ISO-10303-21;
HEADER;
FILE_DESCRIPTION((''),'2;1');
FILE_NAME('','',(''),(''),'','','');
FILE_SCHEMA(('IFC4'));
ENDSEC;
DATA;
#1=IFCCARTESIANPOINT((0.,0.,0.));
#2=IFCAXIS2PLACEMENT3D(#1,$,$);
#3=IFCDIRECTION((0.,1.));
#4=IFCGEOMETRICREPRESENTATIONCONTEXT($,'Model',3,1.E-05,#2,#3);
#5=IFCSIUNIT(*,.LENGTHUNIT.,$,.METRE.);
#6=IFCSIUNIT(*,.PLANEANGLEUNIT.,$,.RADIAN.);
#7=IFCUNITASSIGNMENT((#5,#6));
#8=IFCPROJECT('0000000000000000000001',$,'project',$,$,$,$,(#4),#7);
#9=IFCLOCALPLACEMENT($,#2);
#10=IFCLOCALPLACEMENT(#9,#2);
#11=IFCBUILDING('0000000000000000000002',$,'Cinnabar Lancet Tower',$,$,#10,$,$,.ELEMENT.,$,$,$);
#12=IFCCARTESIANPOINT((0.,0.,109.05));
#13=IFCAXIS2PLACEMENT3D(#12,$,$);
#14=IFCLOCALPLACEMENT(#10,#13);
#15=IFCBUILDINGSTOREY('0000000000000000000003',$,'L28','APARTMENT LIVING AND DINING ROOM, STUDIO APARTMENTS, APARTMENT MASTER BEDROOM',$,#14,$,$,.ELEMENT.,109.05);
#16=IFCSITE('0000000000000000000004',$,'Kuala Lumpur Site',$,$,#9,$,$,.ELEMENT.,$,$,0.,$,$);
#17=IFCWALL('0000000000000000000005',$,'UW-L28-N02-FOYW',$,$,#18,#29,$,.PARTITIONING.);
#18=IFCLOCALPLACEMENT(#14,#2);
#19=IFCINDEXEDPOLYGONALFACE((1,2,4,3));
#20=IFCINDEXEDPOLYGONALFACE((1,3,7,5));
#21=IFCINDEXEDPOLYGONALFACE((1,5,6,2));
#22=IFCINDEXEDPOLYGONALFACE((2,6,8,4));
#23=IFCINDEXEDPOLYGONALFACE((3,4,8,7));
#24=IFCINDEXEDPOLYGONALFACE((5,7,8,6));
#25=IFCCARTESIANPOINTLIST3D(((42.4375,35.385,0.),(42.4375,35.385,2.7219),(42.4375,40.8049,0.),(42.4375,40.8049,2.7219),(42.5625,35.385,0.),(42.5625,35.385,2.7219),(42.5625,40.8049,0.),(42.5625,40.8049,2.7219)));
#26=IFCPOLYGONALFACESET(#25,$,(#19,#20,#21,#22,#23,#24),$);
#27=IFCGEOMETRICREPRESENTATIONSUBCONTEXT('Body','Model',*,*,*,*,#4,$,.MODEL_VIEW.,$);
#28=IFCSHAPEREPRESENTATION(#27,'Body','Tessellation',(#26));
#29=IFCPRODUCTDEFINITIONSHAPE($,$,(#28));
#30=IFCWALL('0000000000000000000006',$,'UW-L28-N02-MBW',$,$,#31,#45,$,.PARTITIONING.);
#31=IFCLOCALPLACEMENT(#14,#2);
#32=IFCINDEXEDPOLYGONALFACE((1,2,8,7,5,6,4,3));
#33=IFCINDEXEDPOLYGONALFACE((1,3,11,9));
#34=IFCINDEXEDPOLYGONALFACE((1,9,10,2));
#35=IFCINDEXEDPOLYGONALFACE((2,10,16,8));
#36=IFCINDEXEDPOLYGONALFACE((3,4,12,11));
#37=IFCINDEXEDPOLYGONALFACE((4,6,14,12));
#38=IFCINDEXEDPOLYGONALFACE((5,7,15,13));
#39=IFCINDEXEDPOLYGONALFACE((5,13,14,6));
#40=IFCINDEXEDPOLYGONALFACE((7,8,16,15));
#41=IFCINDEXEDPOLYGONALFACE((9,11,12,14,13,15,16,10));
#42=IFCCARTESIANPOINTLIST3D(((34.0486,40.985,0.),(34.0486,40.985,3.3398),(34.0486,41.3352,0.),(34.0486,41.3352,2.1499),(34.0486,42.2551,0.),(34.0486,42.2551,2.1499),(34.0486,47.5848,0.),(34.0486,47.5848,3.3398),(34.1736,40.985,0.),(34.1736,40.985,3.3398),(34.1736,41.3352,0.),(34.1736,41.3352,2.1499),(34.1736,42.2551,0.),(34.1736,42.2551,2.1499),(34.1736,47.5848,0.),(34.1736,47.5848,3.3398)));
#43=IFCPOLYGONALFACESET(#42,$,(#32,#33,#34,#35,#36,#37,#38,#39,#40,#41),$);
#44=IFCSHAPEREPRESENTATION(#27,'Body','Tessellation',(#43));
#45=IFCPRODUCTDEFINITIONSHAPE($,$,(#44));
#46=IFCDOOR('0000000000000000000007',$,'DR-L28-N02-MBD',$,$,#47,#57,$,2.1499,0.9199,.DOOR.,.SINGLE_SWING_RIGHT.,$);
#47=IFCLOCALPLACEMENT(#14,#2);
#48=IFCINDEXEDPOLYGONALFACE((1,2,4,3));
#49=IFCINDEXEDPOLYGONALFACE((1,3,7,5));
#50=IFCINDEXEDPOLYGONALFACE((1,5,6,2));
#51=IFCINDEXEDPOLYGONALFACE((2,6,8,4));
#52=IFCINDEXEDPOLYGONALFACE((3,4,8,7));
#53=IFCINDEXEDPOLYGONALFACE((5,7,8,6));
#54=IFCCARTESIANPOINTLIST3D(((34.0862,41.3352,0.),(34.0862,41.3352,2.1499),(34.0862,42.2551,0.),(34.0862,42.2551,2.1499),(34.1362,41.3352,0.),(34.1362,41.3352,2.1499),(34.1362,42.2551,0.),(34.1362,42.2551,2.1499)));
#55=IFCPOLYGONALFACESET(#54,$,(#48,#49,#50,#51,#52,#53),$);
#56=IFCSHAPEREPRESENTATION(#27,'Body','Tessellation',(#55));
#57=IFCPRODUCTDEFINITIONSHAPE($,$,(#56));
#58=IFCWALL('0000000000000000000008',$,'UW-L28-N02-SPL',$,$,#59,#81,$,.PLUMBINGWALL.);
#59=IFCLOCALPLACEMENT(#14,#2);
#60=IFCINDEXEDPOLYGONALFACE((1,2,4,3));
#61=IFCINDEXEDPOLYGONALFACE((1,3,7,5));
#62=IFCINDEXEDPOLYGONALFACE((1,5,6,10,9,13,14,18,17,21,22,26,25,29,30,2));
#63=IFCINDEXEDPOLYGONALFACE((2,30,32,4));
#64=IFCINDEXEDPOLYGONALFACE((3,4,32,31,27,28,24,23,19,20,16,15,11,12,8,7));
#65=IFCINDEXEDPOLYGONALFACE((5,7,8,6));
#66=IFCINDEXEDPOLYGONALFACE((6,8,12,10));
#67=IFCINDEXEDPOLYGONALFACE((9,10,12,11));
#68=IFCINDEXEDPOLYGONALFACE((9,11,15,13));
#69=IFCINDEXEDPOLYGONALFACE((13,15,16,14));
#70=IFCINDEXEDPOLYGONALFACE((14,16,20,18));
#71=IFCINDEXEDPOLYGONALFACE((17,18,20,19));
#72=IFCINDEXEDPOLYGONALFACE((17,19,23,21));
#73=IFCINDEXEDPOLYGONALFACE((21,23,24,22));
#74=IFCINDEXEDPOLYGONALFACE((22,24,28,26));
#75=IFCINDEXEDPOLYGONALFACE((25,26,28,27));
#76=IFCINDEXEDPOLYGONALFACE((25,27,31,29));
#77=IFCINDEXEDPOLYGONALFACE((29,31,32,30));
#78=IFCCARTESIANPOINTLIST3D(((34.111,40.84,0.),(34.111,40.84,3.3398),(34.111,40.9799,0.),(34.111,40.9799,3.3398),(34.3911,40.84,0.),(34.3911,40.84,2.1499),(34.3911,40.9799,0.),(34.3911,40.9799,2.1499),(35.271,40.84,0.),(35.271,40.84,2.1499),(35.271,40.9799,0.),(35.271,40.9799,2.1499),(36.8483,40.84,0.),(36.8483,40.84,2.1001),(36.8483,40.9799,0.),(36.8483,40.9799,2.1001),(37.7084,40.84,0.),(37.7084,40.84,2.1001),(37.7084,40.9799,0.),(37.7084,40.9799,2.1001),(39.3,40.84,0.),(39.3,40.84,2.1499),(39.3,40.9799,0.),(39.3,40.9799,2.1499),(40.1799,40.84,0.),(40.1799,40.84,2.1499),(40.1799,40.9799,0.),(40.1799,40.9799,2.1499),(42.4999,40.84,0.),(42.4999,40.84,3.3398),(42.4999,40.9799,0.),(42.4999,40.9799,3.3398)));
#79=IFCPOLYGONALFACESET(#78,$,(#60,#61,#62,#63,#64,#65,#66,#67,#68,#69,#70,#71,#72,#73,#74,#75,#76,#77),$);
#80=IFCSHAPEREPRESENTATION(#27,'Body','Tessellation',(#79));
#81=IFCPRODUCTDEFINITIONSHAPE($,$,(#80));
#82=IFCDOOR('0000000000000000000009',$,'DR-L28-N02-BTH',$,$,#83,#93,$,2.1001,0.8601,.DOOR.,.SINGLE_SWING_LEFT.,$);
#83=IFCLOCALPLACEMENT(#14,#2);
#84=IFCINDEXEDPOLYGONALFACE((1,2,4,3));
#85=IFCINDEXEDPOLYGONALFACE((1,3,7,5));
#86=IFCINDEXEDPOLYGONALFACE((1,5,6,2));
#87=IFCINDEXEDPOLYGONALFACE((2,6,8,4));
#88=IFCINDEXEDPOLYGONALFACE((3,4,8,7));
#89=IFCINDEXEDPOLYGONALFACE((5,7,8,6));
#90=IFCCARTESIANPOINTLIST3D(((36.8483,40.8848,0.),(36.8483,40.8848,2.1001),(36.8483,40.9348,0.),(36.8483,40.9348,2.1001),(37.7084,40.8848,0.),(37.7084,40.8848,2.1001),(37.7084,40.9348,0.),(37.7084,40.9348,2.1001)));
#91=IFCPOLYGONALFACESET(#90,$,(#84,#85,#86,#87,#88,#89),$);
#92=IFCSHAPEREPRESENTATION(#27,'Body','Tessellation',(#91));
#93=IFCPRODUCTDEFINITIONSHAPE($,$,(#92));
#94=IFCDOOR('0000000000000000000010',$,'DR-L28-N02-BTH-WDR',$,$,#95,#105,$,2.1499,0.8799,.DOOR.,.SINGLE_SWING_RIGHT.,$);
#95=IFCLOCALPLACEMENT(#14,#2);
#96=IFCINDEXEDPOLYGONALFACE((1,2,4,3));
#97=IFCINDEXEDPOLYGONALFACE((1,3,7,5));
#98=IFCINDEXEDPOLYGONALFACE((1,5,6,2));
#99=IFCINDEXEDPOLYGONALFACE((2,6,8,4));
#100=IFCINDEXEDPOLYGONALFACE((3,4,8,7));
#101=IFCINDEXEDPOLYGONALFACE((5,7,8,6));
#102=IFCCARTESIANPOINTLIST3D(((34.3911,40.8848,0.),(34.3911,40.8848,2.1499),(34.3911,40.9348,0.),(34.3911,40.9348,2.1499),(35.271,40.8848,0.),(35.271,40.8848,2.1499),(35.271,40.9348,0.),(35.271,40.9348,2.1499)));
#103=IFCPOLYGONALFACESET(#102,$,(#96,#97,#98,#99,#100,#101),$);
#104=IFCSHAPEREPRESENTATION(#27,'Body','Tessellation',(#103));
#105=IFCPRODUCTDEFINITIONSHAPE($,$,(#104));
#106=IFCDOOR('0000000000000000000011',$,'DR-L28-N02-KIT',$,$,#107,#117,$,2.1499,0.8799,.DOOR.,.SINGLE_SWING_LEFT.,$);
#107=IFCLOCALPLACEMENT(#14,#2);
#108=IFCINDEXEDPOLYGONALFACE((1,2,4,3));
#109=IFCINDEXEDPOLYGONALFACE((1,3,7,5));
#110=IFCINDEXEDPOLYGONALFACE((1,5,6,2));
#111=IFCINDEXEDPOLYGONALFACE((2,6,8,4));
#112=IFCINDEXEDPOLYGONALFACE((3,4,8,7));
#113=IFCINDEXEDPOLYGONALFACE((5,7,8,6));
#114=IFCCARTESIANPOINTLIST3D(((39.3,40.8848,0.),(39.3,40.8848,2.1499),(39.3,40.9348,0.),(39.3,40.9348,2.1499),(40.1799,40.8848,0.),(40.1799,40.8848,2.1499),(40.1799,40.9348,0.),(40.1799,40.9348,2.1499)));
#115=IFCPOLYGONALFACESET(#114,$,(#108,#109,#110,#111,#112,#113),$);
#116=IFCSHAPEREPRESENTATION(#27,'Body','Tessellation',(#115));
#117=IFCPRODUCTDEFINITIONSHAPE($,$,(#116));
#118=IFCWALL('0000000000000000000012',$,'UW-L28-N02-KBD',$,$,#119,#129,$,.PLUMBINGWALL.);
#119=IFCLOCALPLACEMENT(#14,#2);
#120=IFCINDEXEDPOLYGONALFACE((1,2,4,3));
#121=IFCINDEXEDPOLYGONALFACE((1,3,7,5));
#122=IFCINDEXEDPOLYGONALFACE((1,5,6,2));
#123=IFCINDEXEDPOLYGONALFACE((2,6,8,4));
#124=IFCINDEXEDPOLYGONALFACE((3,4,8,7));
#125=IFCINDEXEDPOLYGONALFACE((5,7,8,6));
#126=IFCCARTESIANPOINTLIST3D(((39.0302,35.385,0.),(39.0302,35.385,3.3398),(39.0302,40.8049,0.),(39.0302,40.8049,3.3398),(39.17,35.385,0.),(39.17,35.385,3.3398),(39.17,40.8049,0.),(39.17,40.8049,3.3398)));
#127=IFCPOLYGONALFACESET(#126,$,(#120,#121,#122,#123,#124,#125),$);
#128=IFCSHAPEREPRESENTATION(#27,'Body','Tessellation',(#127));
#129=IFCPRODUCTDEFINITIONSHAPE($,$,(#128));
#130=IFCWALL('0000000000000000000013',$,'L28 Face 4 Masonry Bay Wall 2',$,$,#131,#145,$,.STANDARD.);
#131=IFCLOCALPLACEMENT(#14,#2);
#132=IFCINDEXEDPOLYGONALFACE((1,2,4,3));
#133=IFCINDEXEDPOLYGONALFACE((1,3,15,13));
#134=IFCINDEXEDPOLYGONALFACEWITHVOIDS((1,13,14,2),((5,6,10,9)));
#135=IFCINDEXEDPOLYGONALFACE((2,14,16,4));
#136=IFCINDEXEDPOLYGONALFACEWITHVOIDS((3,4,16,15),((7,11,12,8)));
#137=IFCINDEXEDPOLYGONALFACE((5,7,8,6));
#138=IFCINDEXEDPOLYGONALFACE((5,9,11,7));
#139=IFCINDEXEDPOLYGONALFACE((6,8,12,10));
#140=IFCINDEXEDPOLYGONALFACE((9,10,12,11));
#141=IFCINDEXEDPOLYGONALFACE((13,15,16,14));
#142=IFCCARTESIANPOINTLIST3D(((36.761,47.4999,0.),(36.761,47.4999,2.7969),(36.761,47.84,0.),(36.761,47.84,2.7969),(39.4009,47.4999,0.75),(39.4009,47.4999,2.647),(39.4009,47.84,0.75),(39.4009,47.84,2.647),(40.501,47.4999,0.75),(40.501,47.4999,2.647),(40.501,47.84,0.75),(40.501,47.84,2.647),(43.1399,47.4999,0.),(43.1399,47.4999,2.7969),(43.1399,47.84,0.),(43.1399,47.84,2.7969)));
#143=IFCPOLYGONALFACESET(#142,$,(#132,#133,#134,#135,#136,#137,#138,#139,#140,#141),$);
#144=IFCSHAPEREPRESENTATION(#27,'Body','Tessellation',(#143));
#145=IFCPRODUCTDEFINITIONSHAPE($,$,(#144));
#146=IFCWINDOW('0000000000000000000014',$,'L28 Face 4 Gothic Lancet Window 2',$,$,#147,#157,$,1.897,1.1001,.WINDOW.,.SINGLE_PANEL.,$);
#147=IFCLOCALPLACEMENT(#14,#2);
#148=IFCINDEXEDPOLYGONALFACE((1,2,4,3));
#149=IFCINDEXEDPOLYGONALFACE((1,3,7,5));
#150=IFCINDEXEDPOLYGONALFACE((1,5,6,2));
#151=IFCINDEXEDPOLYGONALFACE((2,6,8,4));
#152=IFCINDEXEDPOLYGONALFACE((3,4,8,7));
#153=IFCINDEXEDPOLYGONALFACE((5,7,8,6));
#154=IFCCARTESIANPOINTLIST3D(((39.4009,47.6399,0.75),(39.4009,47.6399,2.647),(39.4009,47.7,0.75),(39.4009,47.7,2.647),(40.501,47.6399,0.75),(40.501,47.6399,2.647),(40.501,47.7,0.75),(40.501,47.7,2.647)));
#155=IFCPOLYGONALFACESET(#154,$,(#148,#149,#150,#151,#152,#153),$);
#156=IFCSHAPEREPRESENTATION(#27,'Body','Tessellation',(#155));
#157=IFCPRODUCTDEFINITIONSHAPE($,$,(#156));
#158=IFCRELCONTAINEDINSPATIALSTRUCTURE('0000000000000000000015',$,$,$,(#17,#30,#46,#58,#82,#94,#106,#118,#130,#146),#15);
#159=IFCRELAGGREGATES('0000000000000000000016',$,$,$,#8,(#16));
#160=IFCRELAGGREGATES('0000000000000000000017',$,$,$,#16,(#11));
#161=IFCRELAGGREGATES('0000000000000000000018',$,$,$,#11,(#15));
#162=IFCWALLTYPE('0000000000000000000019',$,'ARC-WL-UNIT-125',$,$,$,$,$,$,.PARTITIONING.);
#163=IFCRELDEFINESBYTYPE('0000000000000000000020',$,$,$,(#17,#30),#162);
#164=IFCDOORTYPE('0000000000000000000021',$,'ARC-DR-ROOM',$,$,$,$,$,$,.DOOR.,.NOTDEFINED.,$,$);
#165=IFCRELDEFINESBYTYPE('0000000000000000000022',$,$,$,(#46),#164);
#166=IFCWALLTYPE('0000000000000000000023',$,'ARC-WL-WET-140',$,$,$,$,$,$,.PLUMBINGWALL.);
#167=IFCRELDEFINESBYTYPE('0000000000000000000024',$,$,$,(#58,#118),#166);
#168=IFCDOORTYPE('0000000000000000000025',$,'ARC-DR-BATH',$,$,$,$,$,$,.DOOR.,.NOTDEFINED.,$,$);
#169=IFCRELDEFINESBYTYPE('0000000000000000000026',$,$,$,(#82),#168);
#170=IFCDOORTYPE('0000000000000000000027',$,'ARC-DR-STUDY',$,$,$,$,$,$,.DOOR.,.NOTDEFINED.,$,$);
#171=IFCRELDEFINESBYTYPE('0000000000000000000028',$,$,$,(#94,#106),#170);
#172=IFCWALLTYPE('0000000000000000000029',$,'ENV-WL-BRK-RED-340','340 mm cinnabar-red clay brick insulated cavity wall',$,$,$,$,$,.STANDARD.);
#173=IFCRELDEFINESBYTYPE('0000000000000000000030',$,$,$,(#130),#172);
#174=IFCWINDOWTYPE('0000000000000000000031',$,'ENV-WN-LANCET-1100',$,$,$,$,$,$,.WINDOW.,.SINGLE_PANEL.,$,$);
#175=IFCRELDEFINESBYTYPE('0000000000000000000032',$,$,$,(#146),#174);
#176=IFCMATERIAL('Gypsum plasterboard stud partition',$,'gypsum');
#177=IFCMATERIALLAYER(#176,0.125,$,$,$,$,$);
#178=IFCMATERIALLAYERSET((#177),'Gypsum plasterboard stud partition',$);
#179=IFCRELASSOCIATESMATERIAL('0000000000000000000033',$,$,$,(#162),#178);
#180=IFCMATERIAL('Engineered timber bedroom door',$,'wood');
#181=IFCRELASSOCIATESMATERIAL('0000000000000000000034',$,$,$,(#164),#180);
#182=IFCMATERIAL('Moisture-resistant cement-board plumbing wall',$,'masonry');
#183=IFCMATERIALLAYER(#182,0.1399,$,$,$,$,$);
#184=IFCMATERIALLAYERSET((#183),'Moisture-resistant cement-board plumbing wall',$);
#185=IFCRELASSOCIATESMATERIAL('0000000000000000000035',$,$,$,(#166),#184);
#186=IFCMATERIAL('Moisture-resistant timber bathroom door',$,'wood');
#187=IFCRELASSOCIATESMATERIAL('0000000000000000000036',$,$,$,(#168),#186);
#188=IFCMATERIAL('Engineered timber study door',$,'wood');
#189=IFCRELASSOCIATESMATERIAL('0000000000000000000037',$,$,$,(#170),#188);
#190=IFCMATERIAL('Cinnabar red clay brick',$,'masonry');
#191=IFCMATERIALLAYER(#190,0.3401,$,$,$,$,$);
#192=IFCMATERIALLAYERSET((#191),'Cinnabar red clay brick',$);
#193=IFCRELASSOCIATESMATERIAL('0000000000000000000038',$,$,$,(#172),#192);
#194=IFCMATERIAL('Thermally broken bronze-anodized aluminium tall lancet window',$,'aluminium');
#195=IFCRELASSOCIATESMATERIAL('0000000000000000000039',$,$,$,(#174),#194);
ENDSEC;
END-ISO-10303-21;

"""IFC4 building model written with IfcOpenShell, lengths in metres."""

from ifc_helpers import new_model, si_unit, direction, frame, frame_2d, origin, place, context, subcontext, project, spatial, rectangle, extrude, material, layer, layer_set, type_object, element, fill, save


model = new_model("IFC4")

# Units and contexts
model_context = context("Model", 3, precision=1e-05, world=origin(), true_north=direction((0.0, 1.0)))
body_context = subcontext(model_context, "Body", "Model", "MODEL_VIEW")
ifc_project = project(units=[si_unit("LENGTHUNIT", "METRE"), si_unit("PLANEANGLEUNIT", "RADIAN")], contexts=[model_context])

# Site, building, storey
site_placement = place(None, origin())
site = spatial("IfcSite", under=ifc_project, at=site_placement, Name="Kuala Lumpur Site", CompositionType="ELEMENT", RefElevation=0.0)
building_placement = place(site_placement, origin())
building = spatial("IfcBuilding", under=site, at=building_placement, Name="Cinnabar Lancet Tower", CompositionType="ELEMENT")
storey_placement = place(building_placement, frame((0.0, 0.0, 109.05)))
storey = spatial("IfcBuildingStorey", under=building, at=storey_placement, Name="L28", Description="APARTMENT LIVING AND DINING ROOM, STUDIO APARTMENTS, APARTMENT MASTER BEDROOM", CompositionType="ELEMENT", Elevation=109.05)

# Wall
ifc_material_1 = material(Name="Gypsum plasterboard stud partition", Category="gypsum")
ifc_layer_1 = layer(ifc_material_1, 0.125)
ifc_layer_set_1 = layer_set([ifc_layer_1], Name="Gypsum plasterboard stud partition")
wall_type_1 = type_object("IfcWallType", Name="ARC-WL-UNIT-125", PredefinedType="PARTITIONING", material=ifc_layer_set_1)
wall_1_placement = place(storey_placement, frame((42.5, 35.385, 0.0), z_axis=(0.0, 0.0, 1.0), x_axis=(0.0, 1.0, 0.0)))
element("IfcWall", 1, at=wall_1_placement, inside=storey, type_object=wall_type_1, Name="UW-L28-N02-FOYW", PredefinedType="PARTITIONING", context=body_context, shape_type="SweptSolid", body=[
    extrude(rectangle(XDim=5.4199, YDim=0.125, at=frame_2d((2.71, 0.0))), origin(), (0.0, 0.0, 1.0), 2.7219),
])

# Wall, opening, door
wall_2_placement = place(storey_placement, frame((34.1111, 40.9851, 0.0), z_axis=(0.0, 0.0, 1.0), x_axis=(0.0, 1.0, 0.0)))
wall_2 = element("IfcWall", 2, at=wall_2_placement, inside=storey, type_object=wall_type_1, Name="UW-L28-N02-MBW", PredefinedType="PARTITIONING", context=body_context, shape_type="SweptSolid", body=[
    extrude(rectangle(XDim=6.5999, YDim=0.125, at=frame_2d((3.2998, 0.0))), origin(), (0.0, 0.0, 1.0), 3.3398),
])
opening_1_placement = place(wall_2_placement, frame((0.3501, 0.0, 0.0)))
opening_1 = element("IfcOpeningElement", 3, at=opening_1_placement, cuts=wall_2, PredefinedType="OPENING", context=body_context, shape_type="SweptSolid", body=[
    extrude(rectangle(XDim=0.9199, YDim=2.1499, at=frame_2d((0.46, 1.075))), frame((0.0, 0.0725, 0.0), z_axis=(0.0, -1.0, 0.0), x_axis=(1.0, 0.0, 0.0)), (0.0, 0.0, 1.0), 0.145),
])
ifc_material_2 = material(Name="Engineered timber bedroom door", Category="wood")
door_type_1 = type_object("IfcDoorType", Name="ARC-DR-ROOM", OperationType="NOTDEFINED", PredefinedType="DOOR", material=ifc_material_2)
door_1_placement = place(opening_1_placement, origin())
door_1 = element("IfcDoor", 4, at=door_1_placement, inside=storey, type_object=door_type_1, Name="DR-L28-N02-MBD", OperationType="SINGLE_SWING_RIGHT", OverallHeight=2.1499, OverallWidth=0.9199, PredefinedType="DOOR", context=body_context, shape_type="SweptSolid", body=[
    extrude(rectangle(XDim=0.9199, YDim=2.1499, at=frame_2d((0.46, 1.075))), frame((0.0, 0.0249, 0.0), z_axis=(0.0, -1.0, 0.0), x_axis=(1.0, 0.0, 0.0)), (0.0, 0.0, 1.0), 0.05),
])
fill(opening_1, door_1)

# Wall, openings, doors
ifc_material_3 = material(Name="Moisture-resistant cement-board plumbing wall", Category="masonry")
ifc_layer_2 = layer(ifc_material_3, 0.1399)
ifc_layer_set_2 = layer_set([ifc_layer_2], Name="Moisture-resistant cement-board plumbing wall")
wall_type_2 = type_object("IfcWallType", Name="ARC-WL-WET-140", PredefinedType="PLUMBINGWALL", material=ifc_layer_set_2)
wall_3_placement = place(storey_placement, frame((34.1111, 40.9099, 0.0), z_axis=(0.0, 0.0, 1.0), x_axis=(1.0, 0.0, 0.0)))
wall_3 = element("IfcWall", 5, at=wall_3_placement, inside=storey, type_object=wall_type_2, Name="UW-L28-N02-SPL", PredefinedType="PLUMBINGWALL", context=body_context, shape_type="SweptSolid", body=[
    extrude(rectangle(XDim=8.3889, YDim=0.1399, at=frame_2d((4.1943, 0.0))), origin(), (0.0, 0.0, 1.0), 3.3398),
])
opening_2_placement = place(wall_3_placement, frame((0.28, 0.0, 0.0)))
opening_2 = element("IfcOpeningElement", 6, at=opening_2_placement, cuts=wall_3, PredefinedType="OPENING", context=body_context, shape_type="SweptSolid", body=[
    extrude(rectangle(XDim=0.8799, YDim=2.1499, at=frame_2d((0.4399, 1.075))), frame((0.0, 0.0798, 0.0), z_axis=(0.0, -1.0, 0.0), x_axis=(1.0, 0.0, 0.0)), (0.0, 0.0, 1.0), 0.1599),
])
opening_3_placement = place(wall_3_placement, frame((2.7371, 0.0, 0.0)))
opening_3 = element("IfcOpeningElement", 7, at=opening_3_placement, cuts=wall_3, PredefinedType="OPENING", context=body_context, shape_type="SweptSolid", body=[
    extrude(rectangle(XDim=0.8601, YDim=2.1001, at=frame_2d((0.4302, 1.05))), frame((0.0, 0.0798, 0.0), z_axis=(0.0, -1.0, 0.0), x_axis=(1.0, 0.0, 0.0)), (0.0, 0.0, 1.0), 0.1599),
])
opening_4_placement = place(wall_3_placement, frame((5.189, 0.0, 0.0)))
opening_4 = element("IfcOpeningElement", 8, at=opening_4_placement, cuts=wall_3, PredefinedType="OPENING", context=body_context, shape_type="SweptSolid", body=[
    extrude(rectangle(XDim=0.8799, YDim=2.1499, at=frame_2d((0.4399, 1.075))), frame((0.0, 0.0798, 0.0), z_axis=(0.0, -1.0, 0.0), x_axis=(1.0, 0.0, 0.0)), (0.0, 0.0, 1.0), 0.1599),
])
ifc_material_4 = material(Name="Moisture-resistant timber bathroom door", Category="wood")
door_type_2 = type_object("IfcDoorType", Name="ARC-DR-BATH", OperationType="NOTDEFINED", PredefinedType="DOOR", material=ifc_material_4)
door_2_placement = place(opening_3_placement, origin())
door_2 = element("IfcDoor", 9, at=door_2_placement, inside=storey, type_object=door_type_2, Name="DR-L28-N02-BTH", OperationType="SINGLE_SWING_LEFT", OverallHeight=2.1001, OverallWidth=0.8601, PredefinedType="DOOR", context=body_context, shape_type="SweptSolid", body=[
    extrude(rectangle(XDim=0.8601, YDim=2.1001, at=frame_2d((0.4302, 1.05))), frame((0.0, 0.0249, 0.0), z_axis=(0.0, -1.0, 0.0), x_axis=(1.0, 0.0, 0.0)), (0.0, 0.0, 1.0), 0.05),
])
fill(opening_3, door_2)
ifc_material_5 = material(Name="Engineered timber study door", Category="wood")
door_type_3 = type_object("IfcDoorType", Name="ARC-DR-STUDY", OperationType="NOTDEFINED", PredefinedType="DOOR", material=ifc_material_5)
door_3_placement = place(opening_2_placement, origin())
door_3 = element("IfcDoor", 10, at=door_3_placement, inside=storey, type_object=door_type_3, Name="DR-L28-N02-BTH-WDR", OperationType="SINGLE_SWING_RIGHT", OverallHeight=2.1499, OverallWidth=0.8799, PredefinedType="DOOR", context=body_context, shape_type="SweptSolid", body=[
    extrude(rectangle(XDim=0.8799, YDim=2.1499, at=frame_2d((0.4399, 1.075))), frame((0.0, 0.0249, 0.0), z_axis=(0.0, -1.0, 0.0), x_axis=(1.0, 0.0, 0.0)), (0.0, 0.0, 1.0), 0.05),
])
fill(opening_2, door_3)
door_4_placement = place(opening_4_placement, origin())
door_4 = element("IfcDoor", 11, at=door_4_placement, inside=storey, type_object=door_type_3, Name="DR-L28-N02-KIT", OperationType="SINGLE_SWING_LEFT", OverallHeight=2.1499, OverallWidth=0.8799, PredefinedType="DOOR", context=body_context, shape_type="SweptSolid", body=[
    extrude(rectangle(XDim=0.8799, YDim=2.1499, at=frame_2d((0.4399, 1.075))), frame((0.0, 0.0249, 0.0), z_axis=(0.0, -1.0, 0.0), x_axis=(1.0, 0.0, 0.0)), (0.0, 0.0, 1.0), 0.05),
])
fill(opening_4, door_4)

# Wall
wall_4_placement = place(storey_placement, frame((39.1001, 35.385, 0.0), z_axis=(0.0, 0.0, 1.0), x_axis=(0.0, 1.0, 0.0)))
element("IfcWall", 12, at=wall_4_placement, inside=storey, type_object=wall_type_2, Name="UW-L28-N02-KBD", PredefinedType="PLUMBINGWALL", context=body_context, shape_type="SweptSolid", body=[
    extrude(rectangle(XDim=5.4199, YDim=0.1399, at=frame_2d((2.71, 0.0))), origin(), (0.0, 0.0, 1.0), 3.3398),
])

# Wall, opening, window
ifc_material_6 = material(Name="Cinnabar red clay brick", Category="masonry")
ifc_layer_3 = layer(ifc_material_6, 0.3401)
ifc_layer_set_3 = layer_set([ifc_layer_3], Name="Cinnabar red clay brick")
wall_type_3 = type_object("IfcWallType", Name="ENV-WL-BRK-RED-340", Description="340 mm cinnabar-red clay brick insulated cavity wall", PredefinedType="STANDARD", material=ifc_layer_set_3)
wall_5_placement = place(storey_placement, frame((43.1399, 47.6699, 0.0), z_axis=(0.0, 0.0, 1.0), x_axis=(-1.0, 0.0, 0.0)))
wall_5 = element("IfcWall", 13, at=wall_5_placement, inside=storey, type_object=wall_type_3, Name="L28 Face 4 Masonry Bay Wall 2", PredefinedType="STANDARD", context=body_context, shape_type="SweptSolid", body=[
    extrude(rectangle(XDim=6.3789, YDim=0.3401, at=frame_2d((3.1895, 0.0))), origin(), (0.0, 0.0, 1.0), 2.7969),
])
opening_5_placement = place(wall_5_placement, frame((2.6389, 0.0, 0.75)))
opening_5 = element("IfcOpeningElement", 14, at=opening_5_placement, cuts=wall_5, PredefinedType="OPENING", context=body_context, shape_type="SweptSolid", body=[
    extrude(rectangle(XDim=1.1001, YDim=1.897, at=frame_2d((0.55, 0.9485))), frame((0.0, 0.1799, 0.0), z_axis=(0.0, -1.0, 0.0), x_axis=(1.0, 0.0, 0.0)), (0.0, 0.0, 1.0), 0.3601),
])
ifc_material_7 = material(Name="Thermally broken bronze-anodized aluminium tall lancet window", Category="aluminium")
window_type = type_object("IfcWindowType", Name="ENV-WN-LANCET-1100", PartitioningType="SINGLE_PANEL", PredefinedType="WINDOW", material=ifc_material_7)
window_1_placement = place(opening_5_placement, origin())
window_1 = element("IfcWindow", 15, at=window_1_placement, inside=storey, type_object=window_type, Name="L28 Face 4 Gothic Lancet Window 2", OverallHeight=1.897, OverallWidth=1.1001, PartitioningType="SINGLE_PANEL", PredefinedType="WINDOW", context=body_context, shape_type="SweptSolid", body=[
    extrude(rectangle(XDim=1.1001, YDim=1.897, at=frame_2d((0.55, 0.9485))), frame((0.0, 0.03, 0.0), z_axis=(0.0, -1.0, 0.0), x_axis=(1.0, 0.0, 0.0)), (0.0, 0.0, 1.0), 0.0601),
])
fill(opening_5, window_1)

save(model, "model.ifc")
